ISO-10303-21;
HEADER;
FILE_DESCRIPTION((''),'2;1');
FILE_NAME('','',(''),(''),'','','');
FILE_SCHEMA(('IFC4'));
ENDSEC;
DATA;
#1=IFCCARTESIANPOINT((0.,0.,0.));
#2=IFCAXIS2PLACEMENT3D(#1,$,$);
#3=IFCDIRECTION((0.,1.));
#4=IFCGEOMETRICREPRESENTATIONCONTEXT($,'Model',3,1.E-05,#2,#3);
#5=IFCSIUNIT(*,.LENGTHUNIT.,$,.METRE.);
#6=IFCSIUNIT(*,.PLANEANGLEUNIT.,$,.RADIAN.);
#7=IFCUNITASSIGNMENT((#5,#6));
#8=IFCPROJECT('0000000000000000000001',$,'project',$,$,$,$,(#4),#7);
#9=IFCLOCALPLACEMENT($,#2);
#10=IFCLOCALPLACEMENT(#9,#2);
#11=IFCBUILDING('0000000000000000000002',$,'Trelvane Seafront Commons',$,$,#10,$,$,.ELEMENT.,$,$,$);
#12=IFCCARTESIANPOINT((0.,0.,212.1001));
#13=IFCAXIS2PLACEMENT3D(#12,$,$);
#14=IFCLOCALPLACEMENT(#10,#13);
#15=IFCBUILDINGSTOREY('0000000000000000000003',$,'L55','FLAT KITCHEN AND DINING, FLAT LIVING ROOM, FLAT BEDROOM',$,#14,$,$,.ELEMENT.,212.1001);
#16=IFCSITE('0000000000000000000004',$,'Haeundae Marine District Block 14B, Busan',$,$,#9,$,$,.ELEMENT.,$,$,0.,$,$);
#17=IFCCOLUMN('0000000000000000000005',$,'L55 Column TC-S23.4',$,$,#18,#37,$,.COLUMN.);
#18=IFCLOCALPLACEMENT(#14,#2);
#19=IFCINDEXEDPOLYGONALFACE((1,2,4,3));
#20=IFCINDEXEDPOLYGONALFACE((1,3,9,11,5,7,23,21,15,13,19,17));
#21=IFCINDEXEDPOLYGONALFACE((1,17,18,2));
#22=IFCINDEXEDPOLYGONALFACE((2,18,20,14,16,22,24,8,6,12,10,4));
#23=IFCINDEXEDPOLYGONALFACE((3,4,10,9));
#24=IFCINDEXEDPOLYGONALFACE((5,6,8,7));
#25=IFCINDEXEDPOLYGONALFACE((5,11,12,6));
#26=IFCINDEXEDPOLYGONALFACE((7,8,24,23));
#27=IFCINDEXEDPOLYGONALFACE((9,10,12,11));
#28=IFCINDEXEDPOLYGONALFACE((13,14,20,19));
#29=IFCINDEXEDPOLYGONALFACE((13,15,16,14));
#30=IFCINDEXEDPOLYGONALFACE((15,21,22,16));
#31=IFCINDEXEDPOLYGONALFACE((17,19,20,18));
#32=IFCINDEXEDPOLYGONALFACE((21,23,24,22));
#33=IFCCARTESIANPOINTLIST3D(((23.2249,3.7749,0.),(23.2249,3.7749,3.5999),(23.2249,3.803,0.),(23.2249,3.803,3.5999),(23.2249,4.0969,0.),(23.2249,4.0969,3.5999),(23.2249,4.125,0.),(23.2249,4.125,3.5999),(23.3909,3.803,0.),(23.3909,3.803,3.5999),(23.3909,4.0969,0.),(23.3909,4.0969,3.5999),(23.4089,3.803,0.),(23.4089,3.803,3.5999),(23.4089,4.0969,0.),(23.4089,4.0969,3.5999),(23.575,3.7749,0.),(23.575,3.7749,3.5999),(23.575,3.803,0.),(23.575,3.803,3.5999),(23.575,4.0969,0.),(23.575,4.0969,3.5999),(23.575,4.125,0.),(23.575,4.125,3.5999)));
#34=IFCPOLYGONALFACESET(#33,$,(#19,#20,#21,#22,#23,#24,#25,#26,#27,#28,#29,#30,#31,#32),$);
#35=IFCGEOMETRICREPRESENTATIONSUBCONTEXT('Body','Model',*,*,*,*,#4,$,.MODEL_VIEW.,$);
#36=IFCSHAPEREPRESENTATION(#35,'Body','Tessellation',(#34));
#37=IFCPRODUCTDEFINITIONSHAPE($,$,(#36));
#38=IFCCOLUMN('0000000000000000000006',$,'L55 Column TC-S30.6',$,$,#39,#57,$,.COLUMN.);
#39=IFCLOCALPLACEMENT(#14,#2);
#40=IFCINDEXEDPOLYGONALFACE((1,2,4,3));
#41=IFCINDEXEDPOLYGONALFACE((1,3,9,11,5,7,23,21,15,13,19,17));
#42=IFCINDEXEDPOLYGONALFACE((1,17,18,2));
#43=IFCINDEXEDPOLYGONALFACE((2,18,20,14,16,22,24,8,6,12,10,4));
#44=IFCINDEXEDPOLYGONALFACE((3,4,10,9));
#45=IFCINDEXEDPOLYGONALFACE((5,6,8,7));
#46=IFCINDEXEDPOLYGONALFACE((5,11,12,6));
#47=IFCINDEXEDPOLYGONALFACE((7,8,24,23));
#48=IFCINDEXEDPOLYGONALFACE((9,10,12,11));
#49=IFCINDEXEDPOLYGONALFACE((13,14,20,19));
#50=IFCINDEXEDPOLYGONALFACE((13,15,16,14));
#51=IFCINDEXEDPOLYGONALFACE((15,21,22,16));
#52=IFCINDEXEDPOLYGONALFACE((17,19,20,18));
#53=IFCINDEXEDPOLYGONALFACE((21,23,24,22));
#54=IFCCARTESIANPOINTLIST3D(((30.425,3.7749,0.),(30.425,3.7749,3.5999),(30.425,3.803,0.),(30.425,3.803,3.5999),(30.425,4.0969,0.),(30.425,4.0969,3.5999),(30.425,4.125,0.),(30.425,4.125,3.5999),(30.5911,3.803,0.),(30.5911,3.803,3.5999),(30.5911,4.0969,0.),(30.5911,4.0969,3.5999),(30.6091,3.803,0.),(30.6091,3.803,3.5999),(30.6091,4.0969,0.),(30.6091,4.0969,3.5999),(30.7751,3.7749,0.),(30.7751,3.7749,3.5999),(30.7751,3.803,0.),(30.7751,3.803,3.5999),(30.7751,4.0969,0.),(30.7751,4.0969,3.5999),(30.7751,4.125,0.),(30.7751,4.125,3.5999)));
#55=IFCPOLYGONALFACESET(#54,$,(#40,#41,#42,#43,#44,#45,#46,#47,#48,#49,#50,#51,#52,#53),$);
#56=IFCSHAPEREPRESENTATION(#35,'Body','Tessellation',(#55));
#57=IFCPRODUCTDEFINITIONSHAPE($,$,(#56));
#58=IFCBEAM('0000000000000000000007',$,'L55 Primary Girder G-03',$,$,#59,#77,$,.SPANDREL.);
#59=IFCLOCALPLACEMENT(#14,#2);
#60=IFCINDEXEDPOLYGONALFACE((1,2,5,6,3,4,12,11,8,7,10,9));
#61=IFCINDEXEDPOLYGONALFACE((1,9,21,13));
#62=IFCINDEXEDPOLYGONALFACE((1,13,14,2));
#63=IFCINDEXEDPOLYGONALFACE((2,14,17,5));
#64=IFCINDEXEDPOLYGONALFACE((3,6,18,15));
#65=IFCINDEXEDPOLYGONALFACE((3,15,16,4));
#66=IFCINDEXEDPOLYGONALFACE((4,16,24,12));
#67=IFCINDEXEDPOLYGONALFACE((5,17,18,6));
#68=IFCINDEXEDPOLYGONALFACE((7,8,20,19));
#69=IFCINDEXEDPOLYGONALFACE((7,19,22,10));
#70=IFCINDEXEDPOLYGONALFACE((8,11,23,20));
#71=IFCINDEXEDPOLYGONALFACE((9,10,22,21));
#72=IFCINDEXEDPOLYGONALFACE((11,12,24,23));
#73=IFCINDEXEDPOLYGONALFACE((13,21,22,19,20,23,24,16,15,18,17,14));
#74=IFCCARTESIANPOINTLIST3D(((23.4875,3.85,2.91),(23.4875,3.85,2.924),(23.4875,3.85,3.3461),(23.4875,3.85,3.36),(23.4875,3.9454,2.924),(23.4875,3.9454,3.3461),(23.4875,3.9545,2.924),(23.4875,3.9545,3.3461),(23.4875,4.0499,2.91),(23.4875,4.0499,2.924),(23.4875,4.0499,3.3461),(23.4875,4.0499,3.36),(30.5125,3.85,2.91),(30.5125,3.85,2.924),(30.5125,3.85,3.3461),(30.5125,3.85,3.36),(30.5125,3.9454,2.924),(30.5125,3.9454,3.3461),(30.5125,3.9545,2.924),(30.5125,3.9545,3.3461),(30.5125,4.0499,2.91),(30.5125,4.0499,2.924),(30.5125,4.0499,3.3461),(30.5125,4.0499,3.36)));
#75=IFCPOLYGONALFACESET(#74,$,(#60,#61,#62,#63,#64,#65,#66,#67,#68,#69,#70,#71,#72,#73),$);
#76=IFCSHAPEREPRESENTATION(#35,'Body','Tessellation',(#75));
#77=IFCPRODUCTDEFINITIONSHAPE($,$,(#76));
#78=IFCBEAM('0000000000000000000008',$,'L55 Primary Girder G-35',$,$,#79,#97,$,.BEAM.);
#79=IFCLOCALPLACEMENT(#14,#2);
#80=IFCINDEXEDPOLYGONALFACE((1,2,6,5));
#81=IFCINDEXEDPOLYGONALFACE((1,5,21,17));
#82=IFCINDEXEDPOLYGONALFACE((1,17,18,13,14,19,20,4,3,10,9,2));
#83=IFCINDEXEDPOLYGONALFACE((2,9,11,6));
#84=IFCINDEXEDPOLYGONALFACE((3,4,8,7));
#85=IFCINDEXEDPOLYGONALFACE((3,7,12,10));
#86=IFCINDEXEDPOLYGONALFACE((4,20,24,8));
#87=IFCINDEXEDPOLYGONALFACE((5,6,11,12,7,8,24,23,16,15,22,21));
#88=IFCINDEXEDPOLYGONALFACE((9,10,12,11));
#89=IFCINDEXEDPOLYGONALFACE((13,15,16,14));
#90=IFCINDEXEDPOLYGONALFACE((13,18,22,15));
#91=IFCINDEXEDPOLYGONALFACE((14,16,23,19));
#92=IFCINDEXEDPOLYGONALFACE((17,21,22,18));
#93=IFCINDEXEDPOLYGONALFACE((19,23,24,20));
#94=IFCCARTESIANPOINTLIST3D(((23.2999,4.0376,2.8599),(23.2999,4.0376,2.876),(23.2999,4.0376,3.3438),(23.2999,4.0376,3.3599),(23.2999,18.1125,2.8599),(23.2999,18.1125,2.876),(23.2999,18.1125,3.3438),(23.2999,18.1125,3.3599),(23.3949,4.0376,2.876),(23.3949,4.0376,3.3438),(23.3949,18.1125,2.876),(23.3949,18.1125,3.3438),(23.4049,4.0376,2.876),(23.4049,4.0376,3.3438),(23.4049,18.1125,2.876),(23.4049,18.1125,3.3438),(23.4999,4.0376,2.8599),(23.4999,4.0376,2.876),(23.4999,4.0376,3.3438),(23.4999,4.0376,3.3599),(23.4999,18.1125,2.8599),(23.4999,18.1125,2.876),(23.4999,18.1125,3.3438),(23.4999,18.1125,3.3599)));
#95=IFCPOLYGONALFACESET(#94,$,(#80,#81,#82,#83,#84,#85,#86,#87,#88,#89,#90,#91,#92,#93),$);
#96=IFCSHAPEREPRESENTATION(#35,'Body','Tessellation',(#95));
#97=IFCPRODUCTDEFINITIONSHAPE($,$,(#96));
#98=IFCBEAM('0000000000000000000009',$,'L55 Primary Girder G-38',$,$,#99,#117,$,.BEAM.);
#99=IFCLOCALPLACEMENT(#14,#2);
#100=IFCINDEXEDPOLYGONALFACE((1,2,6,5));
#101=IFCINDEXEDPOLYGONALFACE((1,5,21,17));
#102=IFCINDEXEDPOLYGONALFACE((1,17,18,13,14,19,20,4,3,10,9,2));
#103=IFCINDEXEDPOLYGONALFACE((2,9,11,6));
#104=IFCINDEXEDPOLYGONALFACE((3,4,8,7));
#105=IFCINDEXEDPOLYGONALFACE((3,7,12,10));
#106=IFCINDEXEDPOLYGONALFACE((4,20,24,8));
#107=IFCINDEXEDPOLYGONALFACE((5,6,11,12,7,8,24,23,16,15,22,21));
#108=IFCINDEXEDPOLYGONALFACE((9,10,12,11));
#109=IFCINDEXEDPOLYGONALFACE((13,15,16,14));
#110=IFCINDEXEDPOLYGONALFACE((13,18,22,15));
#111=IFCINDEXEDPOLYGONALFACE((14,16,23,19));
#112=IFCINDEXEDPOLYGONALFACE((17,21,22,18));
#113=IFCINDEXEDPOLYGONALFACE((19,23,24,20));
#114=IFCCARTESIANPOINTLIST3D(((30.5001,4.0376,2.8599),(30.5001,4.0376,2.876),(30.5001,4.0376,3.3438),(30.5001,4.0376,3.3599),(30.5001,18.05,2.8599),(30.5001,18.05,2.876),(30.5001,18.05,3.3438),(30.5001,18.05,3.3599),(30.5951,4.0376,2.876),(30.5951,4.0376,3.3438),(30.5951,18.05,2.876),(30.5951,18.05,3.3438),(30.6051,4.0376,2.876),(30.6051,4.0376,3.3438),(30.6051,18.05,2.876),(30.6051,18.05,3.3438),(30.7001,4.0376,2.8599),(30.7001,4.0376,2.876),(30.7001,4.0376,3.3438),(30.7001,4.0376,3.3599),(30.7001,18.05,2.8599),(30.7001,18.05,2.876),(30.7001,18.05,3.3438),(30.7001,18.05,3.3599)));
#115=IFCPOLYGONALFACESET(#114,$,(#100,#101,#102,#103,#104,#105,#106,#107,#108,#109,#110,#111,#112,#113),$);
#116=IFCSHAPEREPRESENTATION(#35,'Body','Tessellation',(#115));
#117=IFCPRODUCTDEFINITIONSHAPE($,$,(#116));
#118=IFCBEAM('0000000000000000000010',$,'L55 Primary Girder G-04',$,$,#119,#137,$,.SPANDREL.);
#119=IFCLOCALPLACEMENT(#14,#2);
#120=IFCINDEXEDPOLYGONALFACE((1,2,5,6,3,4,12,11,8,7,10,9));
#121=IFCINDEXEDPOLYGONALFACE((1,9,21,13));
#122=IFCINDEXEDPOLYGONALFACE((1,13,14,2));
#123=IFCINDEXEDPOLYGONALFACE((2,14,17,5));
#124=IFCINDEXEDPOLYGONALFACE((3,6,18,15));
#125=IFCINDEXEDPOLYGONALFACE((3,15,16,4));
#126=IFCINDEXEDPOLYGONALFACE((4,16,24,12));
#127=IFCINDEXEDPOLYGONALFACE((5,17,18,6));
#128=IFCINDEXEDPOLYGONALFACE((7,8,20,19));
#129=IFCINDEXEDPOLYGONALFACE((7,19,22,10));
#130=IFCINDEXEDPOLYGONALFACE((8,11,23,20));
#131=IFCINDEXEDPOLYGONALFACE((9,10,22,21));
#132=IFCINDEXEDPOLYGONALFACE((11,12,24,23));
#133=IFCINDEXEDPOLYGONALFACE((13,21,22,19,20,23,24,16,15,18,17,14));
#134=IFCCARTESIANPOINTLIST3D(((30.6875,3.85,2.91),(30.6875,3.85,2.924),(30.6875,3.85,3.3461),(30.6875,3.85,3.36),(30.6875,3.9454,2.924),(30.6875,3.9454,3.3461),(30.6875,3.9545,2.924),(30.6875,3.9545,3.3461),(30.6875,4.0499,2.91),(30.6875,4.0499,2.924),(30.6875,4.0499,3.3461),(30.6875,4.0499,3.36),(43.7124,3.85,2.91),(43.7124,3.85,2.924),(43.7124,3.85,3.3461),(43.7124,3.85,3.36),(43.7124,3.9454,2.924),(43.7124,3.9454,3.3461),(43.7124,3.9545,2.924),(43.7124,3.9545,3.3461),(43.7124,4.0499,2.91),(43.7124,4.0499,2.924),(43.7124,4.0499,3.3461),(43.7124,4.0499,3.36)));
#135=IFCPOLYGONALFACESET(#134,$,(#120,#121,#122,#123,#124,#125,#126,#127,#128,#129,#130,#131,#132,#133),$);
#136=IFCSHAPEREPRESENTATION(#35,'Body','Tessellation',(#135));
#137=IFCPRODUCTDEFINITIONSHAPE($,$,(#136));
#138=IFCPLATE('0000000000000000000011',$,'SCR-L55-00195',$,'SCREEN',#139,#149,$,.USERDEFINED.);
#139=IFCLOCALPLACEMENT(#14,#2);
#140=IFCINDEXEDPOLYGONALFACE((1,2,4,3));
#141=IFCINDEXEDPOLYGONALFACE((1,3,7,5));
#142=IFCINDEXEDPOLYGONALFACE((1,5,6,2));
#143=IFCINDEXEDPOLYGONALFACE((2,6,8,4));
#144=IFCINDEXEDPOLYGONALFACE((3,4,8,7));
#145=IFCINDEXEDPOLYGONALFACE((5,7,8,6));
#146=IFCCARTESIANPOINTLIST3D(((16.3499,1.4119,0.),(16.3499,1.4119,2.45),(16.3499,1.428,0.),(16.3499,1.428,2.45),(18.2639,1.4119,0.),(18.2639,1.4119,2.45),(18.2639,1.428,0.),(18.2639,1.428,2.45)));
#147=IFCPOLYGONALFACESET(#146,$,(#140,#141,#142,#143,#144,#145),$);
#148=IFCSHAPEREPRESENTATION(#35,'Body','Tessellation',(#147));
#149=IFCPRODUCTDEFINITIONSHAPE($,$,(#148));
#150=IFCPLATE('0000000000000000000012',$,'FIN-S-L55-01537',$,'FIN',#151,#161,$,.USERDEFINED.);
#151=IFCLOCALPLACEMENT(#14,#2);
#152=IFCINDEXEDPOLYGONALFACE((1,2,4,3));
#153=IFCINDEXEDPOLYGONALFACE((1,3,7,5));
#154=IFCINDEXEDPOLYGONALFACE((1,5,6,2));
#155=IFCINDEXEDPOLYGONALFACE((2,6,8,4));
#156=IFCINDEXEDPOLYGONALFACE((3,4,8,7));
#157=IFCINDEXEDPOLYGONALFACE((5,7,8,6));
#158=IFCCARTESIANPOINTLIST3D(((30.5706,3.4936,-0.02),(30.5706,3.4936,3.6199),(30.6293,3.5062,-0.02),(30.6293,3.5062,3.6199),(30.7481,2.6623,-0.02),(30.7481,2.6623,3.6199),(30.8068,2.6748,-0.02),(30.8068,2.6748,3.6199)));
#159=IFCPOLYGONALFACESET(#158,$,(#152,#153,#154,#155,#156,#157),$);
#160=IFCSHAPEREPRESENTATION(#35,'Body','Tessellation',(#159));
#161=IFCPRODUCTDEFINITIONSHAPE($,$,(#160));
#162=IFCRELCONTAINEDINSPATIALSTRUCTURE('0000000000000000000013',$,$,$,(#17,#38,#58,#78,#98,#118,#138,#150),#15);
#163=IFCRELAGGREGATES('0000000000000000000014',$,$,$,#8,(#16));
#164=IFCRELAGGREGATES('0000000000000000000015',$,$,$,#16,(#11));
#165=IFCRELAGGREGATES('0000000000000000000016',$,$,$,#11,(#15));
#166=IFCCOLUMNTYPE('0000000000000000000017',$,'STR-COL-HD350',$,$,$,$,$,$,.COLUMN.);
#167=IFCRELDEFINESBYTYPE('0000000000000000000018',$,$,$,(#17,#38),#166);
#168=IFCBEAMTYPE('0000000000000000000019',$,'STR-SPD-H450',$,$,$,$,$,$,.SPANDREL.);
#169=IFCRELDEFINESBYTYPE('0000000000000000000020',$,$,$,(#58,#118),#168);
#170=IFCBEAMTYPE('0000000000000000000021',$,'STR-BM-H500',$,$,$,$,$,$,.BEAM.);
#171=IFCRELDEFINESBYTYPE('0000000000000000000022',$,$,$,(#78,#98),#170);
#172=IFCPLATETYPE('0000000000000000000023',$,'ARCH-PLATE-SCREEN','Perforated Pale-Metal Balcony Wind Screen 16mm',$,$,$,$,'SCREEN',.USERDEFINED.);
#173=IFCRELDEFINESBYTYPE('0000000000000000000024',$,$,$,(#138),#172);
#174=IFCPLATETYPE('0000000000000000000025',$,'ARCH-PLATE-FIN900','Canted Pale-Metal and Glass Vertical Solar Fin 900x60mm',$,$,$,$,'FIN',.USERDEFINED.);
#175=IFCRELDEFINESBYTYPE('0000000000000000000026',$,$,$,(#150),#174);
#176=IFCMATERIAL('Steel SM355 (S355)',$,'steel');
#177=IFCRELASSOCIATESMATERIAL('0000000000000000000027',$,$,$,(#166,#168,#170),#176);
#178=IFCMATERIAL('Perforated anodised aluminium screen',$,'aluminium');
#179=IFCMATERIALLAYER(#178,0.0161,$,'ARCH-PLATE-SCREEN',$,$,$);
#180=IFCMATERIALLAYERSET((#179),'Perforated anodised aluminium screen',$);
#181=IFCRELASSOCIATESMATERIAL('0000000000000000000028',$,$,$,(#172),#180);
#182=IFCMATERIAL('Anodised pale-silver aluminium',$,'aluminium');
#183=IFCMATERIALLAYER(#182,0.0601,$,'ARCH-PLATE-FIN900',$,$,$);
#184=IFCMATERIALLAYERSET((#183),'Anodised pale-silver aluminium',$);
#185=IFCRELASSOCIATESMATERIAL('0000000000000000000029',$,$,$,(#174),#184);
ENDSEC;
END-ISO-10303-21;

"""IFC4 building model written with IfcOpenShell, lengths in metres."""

from ifc_helpers import new_model, si_unit, direction, frame, origin, origin_2d, place, context, subcontext, project, spatial, rectangle, i_section, extrude, source, transform, mapped, material, layer, layer_set, material_profile, profile_set, type_object, element, save


model = new_model("IFC4")

# Units and contexts
model_context = context("Model", 3, precision=1e-05, world=origin(), true_north=direction((0.0, 1.0)))
body_context = subcontext(model_context, "Body", "Model", "MODEL_VIEW")
ifc_project = project(units=[si_unit("LENGTHUNIT", "METRE"), si_unit("PLANEANGLEUNIT", "RADIAN")], contexts=[model_context])

# Site, building, storey
site_placement = place(None, origin())
site = spatial("IfcSite", under=ifc_project, at=site_placement, Name="Haeundae Marine District Block 14B, Busan", CompositionType="ELEMENT", RefElevation=0.0)
building_placement = place(site_placement, origin())
building = spatial("IfcBuilding", under=site, at=building_placement, Name="Trelvane Seafront Commons", CompositionType="ELEMENT")
storey_placement = place(building_placement, frame((0.0, 0.0, 212.1001)))
storey = spatial("IfcBuildingStorey", under=building, at=storey_placement, Name="L55", Description="FLAT KITCHEN AND DINING, FLAT LIVING ROOM, FLAT BEDROOM", CompositionType="ELEMENT", Elevation=212.1001)

# Columns
ifc_material_1 = material(Name="Steel SM355 (S355)", Category="steel")
ifc_material_profile_1 = material_profile(ifc_material_1, i_section(OverallWidth=0.3501, OverallDepth=0.3501, WebThickness=0.0181, FlangeThickness=0.0281, at=origin_2d()), Name="HD-350x350x18x28")
ifc_profile_set_1 = profile_set([ifc_material_profile_1], Name="Steel SM355 (S355)")
column_type = type_object("IfcColumnType", Name="STR-COL-HD350", PredefinedType="COLUMN", material=ifc_profile_set_1)
shared_shape_1 = source(origin(), body_context, "Body", "SweptSolid", [
    extrude(i_section(OverallWidth=0.3501, OverallDepth=0.3501, WebThickness=0.0181, FlangeThickness=0.0281, at=origin_2d()), origin(), (0.0, 0.0, 1.0), 3.5999),
])
for number, where, z_axis, x_axis, name in (
    (1, (23.3999, 3.95, 0.0), (0.0, 0.0, 1.0), (1.0, 0.0, 0.0), "L55 Column TC-S23.4"),
    (2, (30.6001, 3.95, 0.0), (0.0, 0.0, 1.0), (1.0, 0.0, 0.0), "L55 Column TC-S30.6"),
):
    element("IfcColumn", number, at=place(storey_placement, frame(where, z_axis=z_axis, x_axis=x_axis)), inside=storey, type_object=column_type, Name=name, PredefinedType="COLUMN", context=body_context, shape_type="MappedRepresentation", body=[
        mapped(shared_shape_1, transform((0.0, 0.0, 0.0), x_axis=(1.0, 0.0, 0.0), y_axis=(0.0, 1.0, 0.0), z_axis=(0.0, 0.0, 1.0), scale=1.0)),
    ])

# Beams
ifc_material_profile_2 = material_profile(ifc_material_1, i_section(OverallWidth=0.2, OverallDepth=0.45, WebThickness=0.009, FlangeThickness=0.0139, at=origin_2d()), Name="H-450x200x9x14")
ifc_profile_set_2 = profile_set([ifc_material_profile_2], Name="Steel SM355 (S355)")
beam_type_1 = type_object("IfcBeamType", Name="STR-SPD-H450", PredefinedType="SPANDREL", material=ifc_profile_set_2)
shared_shape_2 = source(origin(), body_context, "Body", "SweptSolid", [
    extrude(i_section(OverallWidth=0.2, OverallDepth=0.45, WebThickness=0.009, FlangeThickness=0.0139, at=origin_2d()), origin(), (0.0, 0.0, 1.0), 7.0249),
])
beam_1_placement = place(storey_placement, frame((23.4875, 3.95, 3.135), z_axis=(1.0, 0.0, 0.0), x_axis=(0.0, 1.0, 0.0)))
element("IfcBeam", 3, at=beam_1_placement, inside=storey, type_object=beam_type_1, Name="L55 Primary Girder G-03", PredefinedType="SPANDREL", context=body_context, shape_type="MappedRepresentation", body=[
    mapped(shared_shape_2, transform((0.0, 0.0, 0.0), x_axis=(1.0, 0.0, 0.0), y_axis=(0.0, 1.0, 0.0), z_axis=(0.0, 0.0, 1.0), scale=1.0)),
])
ifc_material_profile_3 = material_profile(ifc_material_1, i_section(OverallWidth=0.2, OverallDepth=0.5, WebThickness=0.01, FlangeThickness=0.0161, at=origin_2d()), Name="H-500x200x10x16")
ifc_profile_set_3 = profile_set([ifc_material_profile_3], Name="Steel SM355 (S355)")
beam_type_2 = type_object("IfcBeamType", Name="STR-BM-H500", PredefinedType="BEAM", material=ifc_profile_set_3)
shared_shape_3 = source(origin(), body_context, "Body", "SweptSolid", [
    extrude(i_section(OverallWidth=0.2, OverallDepth=0.5, WebThickness=0.01, FlangeThickness=0.0161, at=origin_2d()), origin(), (0.0, 0.0, 1.0), 14.075),
])
beam_2_placement = place(storey_placement, frame((23.3999, 4.0376, 3.1099), z_axis=(0.0, 1.0, 0.0), x_axis=(-1.0, 0.0, 0.0)))
element("IfcBeam", 4, at=beam_2_placement, inside=storey, type_object=beam_type_2, Name="L55 Primary Girder G-35", PredefinedType="BEAM", context=body_context, shape_type="MappedRepresentation", body=[
    mapped(shared_shape_3, transform((0.0, 0.0, 0.0), x_axis=(1.0, 0.0, 0.0), y_axis=(0.0, 1.0, 0.0), z_axis=(0.0, 0.0, 1.0), scale=1.0)),
])
shared_shape_4 = source(origin(), body_context, "Body", "SweptSolid", [
    extrude(i_section(OverallWidth=0.2, OverallDepth=0.5, WebThickness=0.01, FlangeThickness=0.0161, at=origin_2d()), origin(), (0.0, 0.0, 1.0), 14.0125),
])
beam_3_placement = place(storey_placement, frame((30.6001, 4.0376, 3.1099), z_axis=(0.0, 1.0, 0.0), x_axis=(-1.0, 0.0, 0.0)))
element("IfcBeam", 5, at=beam_3_placement, inside=storey, type_object=beam_type_2, Name="L55 Primary Girder G-38", PredefinedType="BEAM", context=body_context, shape_type="MappedRepresentation", body=[
    mapped(shared_shape_4, transform((0.0, 0.0, 0.0), x_axis=(1.0, 0.0, 0.0), y_axis=(0.0, 1.0, 0.0), z_axis=(0.0, 0.0, 1.0), scale=1.0)),
])
shared_shape_5 = source(origin(), body_context, "Body", "SweptSolid", [
    extrude(i_section(OverallWidth=0.2, OverallDepth=0.45, WebThickness=0.009, FlangeThickness=0.0139, at=origin_2d()), origin(), (0.0, 0.0, 1.0), 13.0249),
])
beam_4_placement = place(storey_placement, frame((30.6875, 3.95, 3.135), z_axis=(1.0, 0.0, 0.0), x_axis=(0.0, 1.0, 0.0)))
element("IfcBeam", 6, at=beam_4_placement, inside=storey, type_object=beam_type_1, Name="L55 Primary Girder G-04", PredefinedType="SPANDREL", context=body_context, shape_type="MappedRepresentation", body=[
    mapped(shared_shape_5, transform((0.0, 0.0, 0.0), x_axis=(1.0, 0.0, 0.0), y_axis=(0.0, 1.0, 0.0), z_axis=(0.0, 0.0, 1.0), scale=1.0)),
])

# Plates
ifc_material_2 = material(Name="Perforated anodised aluminium screen", Category="aluminium")
ifc_layer_1 = layer(ifc_material_2, 0.0161, Name="ARCH-PLATE-SCREEN")
ifc_layer_set_1 = layer_set([ifc_layer_1], Name="Perforated anodised aluminium screen")
plate_type_1 = type_object("IfcPlateType", Name="ARCH-PLATE-SCREEN", Description="Perforated Pale-Metal Balcony Wind Screen 16mm", ElementType="SCREEN", PredefinedType="USERDEFINED", material=ifc_layer_set_1)
shared_shape_6 = source(origin(), body_context, "Body", "SweptSolid", [
    extrude(rectangle(XDim=1.9141, YDim=0.0161, at=origin_2d()), origin(), (0.0, 0.0, 1.0), 2.45),
])
plate_1_placement = place(storey_placement, frame((17.3069, 1.4199, 0.0), z_axis=(0.0, 0.0, 1.0), x_axis=(1.0, 0.0, 0.0)))
element("IfcPlate", 7, at=plate_1_placement, inside=storey, type_object=plate_type_1, Name="SCR-L55-00195", ObjectType="SCREEN", PredefinedType="USERDEFINED", context=body_context, shape_type="MappedRepresentation", body=[
    mapped(shared_shape_6, transform((0.0, 0.0, 0.0), x_axis=(1.0, 0.0, 0.0), y_axis=(0.0, 1.0, 0.0), z_axis=(0.0, 0.0, 1.0), scale=1.0)),
])
ifc_material_3 = material(Name="Anodised pale-silver aluminium", Category="aluminium")
ifc_layer_2 = layer(ifc_material_3, 0.0601, Name="ARCH-PLATE-FIN900")
ifc_layer_set_2 = layer_set([ifc_layer_2], Name="Anodised pale-silver aluminium")
plate_type_2 = type_object("IfcPlateType", Name="ARCH-PLATE-FIN900", Description="Canted Pale-Metal and Glass Vertical Solar Fin 900x60mm", ElementType="FIN", PredefinedType="USERDEFINED", material=ifc_layer_set_2)
shared_shape_7 = source(origin(), body_context, "Body", "SweptSolid", [
    extrude(rectangle(XDim=0.8501, YDim=0.0601, at=origin_2d()), origin(), (0.0, 0.0, 1.0), 3.6399),
])
plate_2_placement = place(storey_placement, frame((30.6887, 3.0842, -0.02), z_axis=(0.0, 0.0, 1.0), x_axis=(0.208815, -0.977955, 0.0)))
element("IfcPlate", 8, at=plate_2_placement, inside=storey, type_object=plate_type_2, Name="FIN-S-L55-01537", ObjectType="FIN", PredefinedType="USERDEFINED", context=body_context, shape_type="MappedRepresentation", body=[
    mapped(shared_shape_7, transform((0.0, 0.0, 0.0), x_axis=(1.0, 0.0, 0.0), y_axis=(0.0, 1.0, 0.0), z_axis=(0.0, 0.0, 1.0), scale=1.0)),
])

save(model, "model.ifc")
